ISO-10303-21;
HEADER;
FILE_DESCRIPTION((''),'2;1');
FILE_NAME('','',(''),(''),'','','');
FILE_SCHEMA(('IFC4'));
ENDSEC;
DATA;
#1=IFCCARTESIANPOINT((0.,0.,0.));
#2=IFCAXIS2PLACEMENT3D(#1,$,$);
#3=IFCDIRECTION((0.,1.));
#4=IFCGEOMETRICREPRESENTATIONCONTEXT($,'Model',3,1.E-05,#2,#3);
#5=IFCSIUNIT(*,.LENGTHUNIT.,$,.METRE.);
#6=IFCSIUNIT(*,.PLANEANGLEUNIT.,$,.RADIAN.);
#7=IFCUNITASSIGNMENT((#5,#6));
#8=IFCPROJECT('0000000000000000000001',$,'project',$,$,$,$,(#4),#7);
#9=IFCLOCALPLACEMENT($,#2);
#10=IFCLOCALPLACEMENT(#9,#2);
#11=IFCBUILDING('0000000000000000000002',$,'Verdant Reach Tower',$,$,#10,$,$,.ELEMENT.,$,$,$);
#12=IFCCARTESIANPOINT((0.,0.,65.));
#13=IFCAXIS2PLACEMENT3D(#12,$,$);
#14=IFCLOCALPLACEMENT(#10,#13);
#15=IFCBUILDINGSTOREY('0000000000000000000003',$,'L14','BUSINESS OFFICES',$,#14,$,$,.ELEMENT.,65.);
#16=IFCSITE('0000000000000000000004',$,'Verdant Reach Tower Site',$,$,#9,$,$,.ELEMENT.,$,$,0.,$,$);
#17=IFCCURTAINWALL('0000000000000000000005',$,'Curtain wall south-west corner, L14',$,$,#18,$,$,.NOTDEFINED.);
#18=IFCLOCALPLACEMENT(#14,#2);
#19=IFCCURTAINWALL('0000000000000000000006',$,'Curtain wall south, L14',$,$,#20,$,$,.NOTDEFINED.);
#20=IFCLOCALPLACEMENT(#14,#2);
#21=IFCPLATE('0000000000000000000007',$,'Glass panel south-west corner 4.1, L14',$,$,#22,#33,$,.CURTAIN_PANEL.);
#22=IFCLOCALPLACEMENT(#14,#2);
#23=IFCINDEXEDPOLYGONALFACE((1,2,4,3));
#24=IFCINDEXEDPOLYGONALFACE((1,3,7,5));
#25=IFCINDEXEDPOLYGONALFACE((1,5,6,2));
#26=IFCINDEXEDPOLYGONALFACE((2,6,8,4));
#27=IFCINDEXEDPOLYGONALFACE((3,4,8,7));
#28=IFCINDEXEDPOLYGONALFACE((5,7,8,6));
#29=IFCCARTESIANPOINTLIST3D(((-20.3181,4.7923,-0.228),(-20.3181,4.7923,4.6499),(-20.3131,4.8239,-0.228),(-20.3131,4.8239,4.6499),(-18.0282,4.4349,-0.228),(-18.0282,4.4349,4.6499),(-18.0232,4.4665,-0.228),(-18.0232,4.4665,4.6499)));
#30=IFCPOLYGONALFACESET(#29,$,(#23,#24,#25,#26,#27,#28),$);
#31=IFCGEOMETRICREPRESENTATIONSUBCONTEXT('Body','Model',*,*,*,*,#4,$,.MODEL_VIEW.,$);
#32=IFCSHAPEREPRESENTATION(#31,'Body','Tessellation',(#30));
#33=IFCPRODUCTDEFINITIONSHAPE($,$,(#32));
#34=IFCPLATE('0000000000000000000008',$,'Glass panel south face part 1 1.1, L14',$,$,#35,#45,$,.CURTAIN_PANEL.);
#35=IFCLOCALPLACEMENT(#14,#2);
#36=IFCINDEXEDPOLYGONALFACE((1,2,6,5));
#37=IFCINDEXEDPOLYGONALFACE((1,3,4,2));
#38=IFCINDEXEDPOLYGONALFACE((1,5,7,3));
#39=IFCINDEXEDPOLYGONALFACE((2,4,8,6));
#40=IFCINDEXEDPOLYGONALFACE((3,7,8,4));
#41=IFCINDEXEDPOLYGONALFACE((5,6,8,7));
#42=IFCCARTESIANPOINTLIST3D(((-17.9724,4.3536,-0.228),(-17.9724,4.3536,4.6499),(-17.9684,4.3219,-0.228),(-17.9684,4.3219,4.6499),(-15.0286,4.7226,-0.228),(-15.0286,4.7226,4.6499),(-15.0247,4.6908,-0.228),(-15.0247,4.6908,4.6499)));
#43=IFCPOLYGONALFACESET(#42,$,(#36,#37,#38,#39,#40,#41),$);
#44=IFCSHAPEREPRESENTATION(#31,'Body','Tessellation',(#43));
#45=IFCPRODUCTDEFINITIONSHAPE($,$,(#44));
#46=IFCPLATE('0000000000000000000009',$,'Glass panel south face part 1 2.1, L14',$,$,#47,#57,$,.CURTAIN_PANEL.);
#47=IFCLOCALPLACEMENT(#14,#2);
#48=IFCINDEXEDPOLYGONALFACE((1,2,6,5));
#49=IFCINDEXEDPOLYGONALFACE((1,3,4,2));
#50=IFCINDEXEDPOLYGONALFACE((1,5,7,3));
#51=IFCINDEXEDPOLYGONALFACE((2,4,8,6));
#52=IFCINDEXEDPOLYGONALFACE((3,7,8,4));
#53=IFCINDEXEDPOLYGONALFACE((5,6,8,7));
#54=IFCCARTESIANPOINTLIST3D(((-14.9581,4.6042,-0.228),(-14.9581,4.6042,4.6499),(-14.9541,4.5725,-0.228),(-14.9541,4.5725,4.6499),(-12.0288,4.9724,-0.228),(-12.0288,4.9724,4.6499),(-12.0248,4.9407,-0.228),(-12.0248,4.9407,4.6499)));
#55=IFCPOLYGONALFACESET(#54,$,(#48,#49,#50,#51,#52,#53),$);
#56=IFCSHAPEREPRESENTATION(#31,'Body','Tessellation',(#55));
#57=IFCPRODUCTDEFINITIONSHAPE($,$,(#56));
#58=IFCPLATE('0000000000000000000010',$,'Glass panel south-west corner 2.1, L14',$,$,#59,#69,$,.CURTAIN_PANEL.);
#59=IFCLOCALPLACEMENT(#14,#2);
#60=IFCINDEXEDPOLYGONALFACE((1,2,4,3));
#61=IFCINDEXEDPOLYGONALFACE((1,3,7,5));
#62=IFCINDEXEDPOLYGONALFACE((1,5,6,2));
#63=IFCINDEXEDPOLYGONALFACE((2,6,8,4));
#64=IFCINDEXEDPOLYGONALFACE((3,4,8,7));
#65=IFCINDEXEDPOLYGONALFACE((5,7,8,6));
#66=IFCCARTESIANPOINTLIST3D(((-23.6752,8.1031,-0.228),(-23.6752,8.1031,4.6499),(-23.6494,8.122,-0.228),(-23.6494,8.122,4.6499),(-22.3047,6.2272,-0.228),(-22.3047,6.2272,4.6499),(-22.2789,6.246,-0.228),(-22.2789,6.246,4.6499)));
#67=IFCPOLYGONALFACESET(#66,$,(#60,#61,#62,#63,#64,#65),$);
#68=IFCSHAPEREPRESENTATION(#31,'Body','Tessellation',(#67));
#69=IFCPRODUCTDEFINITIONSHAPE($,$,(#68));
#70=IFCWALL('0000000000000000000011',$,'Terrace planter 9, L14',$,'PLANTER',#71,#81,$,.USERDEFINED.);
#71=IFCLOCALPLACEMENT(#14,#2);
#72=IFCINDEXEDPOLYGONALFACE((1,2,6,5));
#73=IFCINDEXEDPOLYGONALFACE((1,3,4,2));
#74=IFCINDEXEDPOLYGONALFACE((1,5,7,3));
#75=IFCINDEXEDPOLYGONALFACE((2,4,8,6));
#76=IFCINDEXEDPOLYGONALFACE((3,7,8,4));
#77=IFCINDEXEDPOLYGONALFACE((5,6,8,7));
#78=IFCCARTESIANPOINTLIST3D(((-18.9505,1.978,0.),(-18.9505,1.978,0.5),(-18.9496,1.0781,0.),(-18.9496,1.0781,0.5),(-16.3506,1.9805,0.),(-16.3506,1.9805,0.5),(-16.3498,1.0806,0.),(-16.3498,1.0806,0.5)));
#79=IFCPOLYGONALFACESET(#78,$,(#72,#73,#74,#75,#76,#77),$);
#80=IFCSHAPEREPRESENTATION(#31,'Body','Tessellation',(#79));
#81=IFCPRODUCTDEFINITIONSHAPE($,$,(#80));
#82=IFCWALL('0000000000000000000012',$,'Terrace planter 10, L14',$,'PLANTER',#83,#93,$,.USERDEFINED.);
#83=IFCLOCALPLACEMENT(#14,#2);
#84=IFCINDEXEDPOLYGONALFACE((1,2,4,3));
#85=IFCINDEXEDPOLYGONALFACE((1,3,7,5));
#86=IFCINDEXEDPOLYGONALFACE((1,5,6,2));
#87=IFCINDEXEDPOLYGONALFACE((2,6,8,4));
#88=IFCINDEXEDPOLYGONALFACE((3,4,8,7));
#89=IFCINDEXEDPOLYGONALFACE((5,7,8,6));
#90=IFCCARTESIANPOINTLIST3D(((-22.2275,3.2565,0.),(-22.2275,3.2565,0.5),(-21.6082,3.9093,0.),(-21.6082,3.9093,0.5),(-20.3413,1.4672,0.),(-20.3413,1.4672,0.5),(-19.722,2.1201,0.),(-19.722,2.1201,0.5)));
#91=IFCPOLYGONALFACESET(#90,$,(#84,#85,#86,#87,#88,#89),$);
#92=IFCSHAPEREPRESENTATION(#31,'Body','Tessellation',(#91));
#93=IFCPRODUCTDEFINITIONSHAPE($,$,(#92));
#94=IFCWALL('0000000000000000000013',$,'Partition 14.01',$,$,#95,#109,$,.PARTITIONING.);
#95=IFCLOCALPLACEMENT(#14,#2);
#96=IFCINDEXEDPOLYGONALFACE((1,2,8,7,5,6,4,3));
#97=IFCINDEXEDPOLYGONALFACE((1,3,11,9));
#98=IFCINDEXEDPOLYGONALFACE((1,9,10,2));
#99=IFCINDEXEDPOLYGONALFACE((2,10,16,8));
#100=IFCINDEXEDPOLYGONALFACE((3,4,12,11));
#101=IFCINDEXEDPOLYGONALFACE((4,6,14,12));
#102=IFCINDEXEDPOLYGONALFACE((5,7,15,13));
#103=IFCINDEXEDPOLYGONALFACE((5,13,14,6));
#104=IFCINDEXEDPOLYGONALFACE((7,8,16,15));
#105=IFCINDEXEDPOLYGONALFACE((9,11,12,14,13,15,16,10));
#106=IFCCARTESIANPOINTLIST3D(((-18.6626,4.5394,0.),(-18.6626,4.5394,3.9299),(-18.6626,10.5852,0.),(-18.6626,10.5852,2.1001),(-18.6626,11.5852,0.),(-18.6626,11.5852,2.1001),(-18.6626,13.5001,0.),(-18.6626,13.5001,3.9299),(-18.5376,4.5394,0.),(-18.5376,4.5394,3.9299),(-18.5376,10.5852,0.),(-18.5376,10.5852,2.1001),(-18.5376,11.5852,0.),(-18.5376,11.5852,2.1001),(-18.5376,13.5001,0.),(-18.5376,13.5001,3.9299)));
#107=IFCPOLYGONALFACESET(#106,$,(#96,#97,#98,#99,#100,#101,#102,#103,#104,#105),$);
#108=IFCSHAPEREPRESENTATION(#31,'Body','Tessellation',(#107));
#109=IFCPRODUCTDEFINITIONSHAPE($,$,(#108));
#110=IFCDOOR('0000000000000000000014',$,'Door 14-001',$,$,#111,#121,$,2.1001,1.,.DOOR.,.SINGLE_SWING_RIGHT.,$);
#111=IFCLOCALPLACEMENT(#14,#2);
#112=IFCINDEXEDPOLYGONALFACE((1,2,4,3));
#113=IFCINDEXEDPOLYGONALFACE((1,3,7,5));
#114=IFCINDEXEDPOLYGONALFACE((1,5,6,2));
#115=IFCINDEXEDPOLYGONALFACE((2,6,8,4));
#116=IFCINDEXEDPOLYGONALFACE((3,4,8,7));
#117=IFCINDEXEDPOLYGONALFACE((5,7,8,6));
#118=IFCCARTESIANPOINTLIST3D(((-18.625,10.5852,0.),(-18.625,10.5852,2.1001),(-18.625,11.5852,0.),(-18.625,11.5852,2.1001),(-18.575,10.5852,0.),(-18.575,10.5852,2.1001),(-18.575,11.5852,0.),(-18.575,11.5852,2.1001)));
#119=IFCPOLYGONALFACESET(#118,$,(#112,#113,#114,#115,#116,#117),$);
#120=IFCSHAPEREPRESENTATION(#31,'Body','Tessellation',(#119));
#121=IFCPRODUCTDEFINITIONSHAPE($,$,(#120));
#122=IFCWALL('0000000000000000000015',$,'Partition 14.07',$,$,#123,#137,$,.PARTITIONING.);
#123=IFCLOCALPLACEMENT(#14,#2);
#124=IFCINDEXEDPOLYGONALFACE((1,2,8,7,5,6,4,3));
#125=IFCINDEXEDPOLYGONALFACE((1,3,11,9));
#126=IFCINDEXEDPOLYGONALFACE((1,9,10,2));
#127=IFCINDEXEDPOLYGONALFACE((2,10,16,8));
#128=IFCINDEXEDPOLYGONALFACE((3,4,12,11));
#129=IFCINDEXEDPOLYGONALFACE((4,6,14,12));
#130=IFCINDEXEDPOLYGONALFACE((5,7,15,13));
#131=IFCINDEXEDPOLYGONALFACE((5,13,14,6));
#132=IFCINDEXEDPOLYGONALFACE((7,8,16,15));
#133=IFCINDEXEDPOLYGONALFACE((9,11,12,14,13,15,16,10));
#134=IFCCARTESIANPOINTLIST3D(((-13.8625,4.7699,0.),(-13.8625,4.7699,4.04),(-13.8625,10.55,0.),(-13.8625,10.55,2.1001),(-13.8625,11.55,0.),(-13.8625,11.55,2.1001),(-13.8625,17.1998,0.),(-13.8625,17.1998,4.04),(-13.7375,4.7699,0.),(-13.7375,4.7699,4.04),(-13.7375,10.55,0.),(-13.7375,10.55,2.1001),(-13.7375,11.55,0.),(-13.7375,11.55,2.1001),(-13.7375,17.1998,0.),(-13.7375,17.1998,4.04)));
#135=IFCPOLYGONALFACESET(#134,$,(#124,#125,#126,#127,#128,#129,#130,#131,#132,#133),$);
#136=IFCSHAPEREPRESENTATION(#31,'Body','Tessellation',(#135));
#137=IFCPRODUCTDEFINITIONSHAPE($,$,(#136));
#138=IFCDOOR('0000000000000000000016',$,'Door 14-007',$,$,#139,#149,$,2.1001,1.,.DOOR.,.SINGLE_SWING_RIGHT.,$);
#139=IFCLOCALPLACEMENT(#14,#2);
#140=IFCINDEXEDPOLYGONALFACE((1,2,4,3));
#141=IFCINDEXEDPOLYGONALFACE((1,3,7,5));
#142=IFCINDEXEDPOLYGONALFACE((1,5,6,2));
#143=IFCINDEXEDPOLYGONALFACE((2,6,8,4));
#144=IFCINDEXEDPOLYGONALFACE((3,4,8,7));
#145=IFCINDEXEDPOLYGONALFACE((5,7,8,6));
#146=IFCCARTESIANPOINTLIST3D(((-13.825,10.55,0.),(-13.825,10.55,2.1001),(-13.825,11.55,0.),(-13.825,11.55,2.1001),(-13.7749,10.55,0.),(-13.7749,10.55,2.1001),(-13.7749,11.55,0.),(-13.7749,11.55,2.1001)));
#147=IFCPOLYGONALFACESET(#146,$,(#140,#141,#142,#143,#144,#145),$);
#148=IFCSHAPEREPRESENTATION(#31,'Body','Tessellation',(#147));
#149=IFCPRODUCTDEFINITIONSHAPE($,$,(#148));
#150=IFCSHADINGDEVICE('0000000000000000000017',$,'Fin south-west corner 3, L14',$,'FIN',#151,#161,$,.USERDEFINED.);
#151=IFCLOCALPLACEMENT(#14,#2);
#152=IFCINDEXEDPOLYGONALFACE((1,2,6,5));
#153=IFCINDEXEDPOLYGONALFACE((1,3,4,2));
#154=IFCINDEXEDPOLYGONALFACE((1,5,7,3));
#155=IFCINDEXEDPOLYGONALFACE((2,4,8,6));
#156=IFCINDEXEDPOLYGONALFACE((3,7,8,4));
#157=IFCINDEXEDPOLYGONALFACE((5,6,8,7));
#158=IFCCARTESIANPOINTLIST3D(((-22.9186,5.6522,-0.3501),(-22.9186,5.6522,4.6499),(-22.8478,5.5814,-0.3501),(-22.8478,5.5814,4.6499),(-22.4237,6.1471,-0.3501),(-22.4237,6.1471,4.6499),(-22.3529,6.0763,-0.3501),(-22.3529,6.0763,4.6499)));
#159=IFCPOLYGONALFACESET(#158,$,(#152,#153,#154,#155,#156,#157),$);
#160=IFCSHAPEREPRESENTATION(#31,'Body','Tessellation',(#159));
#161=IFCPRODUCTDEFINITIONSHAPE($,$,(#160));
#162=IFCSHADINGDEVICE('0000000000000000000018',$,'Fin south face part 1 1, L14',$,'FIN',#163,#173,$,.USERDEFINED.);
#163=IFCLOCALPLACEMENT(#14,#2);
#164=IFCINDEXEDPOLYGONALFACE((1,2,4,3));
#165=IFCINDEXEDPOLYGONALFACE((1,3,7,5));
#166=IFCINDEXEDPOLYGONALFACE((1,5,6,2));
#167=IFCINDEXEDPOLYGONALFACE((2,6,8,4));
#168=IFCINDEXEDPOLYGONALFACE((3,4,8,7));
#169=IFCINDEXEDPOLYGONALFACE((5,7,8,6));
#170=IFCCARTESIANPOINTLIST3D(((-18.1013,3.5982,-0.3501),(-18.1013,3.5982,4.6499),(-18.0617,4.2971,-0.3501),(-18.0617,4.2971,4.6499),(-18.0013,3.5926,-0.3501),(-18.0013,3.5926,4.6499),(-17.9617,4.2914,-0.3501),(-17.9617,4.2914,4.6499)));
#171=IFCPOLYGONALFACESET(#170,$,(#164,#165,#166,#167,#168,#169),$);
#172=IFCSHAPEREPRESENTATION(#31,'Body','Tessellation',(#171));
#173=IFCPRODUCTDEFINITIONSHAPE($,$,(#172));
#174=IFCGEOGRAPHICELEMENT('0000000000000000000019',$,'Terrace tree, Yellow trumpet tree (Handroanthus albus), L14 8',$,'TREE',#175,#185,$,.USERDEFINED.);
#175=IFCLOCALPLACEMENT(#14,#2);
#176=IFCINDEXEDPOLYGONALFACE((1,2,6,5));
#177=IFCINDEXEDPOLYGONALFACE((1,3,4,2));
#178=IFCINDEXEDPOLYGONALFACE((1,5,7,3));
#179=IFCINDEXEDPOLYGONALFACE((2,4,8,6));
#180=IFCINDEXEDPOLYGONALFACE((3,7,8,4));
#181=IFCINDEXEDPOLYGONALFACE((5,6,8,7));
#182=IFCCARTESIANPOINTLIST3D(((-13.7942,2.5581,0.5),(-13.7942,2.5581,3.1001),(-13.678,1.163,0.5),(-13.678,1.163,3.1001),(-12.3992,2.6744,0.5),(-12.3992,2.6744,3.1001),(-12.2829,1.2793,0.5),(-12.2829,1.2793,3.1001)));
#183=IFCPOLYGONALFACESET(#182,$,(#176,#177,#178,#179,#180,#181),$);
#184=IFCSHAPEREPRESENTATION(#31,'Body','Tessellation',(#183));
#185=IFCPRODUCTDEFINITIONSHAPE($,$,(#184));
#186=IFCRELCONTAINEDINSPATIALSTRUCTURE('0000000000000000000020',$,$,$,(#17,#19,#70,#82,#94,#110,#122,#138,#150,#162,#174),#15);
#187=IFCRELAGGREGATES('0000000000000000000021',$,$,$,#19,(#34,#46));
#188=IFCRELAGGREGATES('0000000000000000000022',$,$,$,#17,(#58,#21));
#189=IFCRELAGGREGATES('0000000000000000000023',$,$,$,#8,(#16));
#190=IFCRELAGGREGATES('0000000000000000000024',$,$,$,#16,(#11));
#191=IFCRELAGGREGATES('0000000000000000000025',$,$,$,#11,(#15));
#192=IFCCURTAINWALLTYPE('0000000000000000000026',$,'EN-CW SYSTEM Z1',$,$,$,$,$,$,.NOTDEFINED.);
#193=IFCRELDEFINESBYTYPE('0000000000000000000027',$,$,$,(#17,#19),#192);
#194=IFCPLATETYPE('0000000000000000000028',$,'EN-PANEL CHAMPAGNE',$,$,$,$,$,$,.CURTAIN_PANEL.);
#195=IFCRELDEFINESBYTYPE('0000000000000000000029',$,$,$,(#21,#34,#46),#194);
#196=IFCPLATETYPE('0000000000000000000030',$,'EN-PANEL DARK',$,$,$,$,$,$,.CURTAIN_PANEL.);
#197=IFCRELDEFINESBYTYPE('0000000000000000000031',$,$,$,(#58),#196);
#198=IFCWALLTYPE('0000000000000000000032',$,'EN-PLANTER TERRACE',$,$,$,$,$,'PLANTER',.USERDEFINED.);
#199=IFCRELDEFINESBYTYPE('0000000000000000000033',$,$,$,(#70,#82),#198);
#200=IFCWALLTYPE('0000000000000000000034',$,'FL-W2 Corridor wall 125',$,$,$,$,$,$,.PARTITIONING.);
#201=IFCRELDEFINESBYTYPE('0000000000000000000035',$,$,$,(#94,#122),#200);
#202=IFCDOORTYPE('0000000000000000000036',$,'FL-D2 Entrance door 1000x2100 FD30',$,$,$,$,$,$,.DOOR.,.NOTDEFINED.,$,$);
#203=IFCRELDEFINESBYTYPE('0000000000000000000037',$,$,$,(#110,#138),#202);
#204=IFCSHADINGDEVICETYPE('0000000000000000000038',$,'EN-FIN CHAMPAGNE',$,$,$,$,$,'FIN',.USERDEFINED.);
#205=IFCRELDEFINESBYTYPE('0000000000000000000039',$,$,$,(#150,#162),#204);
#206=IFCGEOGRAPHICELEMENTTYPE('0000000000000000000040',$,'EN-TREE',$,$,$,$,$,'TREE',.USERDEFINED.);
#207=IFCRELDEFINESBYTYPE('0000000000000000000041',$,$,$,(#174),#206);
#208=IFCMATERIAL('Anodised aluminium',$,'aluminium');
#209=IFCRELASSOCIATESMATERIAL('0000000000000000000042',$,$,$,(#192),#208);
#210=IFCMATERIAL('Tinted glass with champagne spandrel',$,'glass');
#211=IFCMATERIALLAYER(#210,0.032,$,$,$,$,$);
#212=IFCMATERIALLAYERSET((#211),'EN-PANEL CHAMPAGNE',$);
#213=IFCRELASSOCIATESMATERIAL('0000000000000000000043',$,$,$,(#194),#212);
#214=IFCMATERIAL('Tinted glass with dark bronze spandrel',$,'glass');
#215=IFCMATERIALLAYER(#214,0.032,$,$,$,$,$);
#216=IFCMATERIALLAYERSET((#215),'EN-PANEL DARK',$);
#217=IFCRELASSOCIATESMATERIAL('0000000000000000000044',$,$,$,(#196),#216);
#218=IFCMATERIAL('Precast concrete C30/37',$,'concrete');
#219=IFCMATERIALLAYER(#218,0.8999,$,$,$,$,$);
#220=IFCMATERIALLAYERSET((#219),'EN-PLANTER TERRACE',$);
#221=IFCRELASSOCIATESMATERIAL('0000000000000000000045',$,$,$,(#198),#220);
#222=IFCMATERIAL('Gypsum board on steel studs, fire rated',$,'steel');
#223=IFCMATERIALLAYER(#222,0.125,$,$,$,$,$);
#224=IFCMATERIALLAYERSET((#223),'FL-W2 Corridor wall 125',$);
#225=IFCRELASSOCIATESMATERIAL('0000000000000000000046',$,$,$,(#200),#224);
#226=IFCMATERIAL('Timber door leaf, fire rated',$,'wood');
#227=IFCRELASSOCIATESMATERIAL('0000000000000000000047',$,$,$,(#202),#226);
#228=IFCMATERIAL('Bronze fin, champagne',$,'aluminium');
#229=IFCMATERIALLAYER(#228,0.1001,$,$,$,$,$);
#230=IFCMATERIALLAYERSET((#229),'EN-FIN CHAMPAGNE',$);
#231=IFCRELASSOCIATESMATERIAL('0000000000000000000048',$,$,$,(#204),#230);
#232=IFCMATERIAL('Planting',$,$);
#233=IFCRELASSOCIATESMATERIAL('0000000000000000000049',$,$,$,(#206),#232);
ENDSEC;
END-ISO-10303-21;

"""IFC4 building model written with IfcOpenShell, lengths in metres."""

from ifc_helpers import new_model, si_unit, direction, frame, frame_2d, origin, origin_2d, place, context, subcontext, project, spatial, rectangle, extrude, material, layer, layer_set, type_object, element, fill, aggregate, save


model = new_model("IFC4")

# Units and contexts
model_context = context("Model", 3, precision=1e-05, world=origin(), true_north=direction((0.0, 1.0)))
body_context = subcontext(model_context, "Body", "Model", "MODEL_VIEW")
ifc_project = project(units=[si_unit("LENGTHUNIT", "METRE"), si_unit("PLANEANGLEUNIT", "RADIAN")], contexts=[model_context])

# Site, building, storey
site_placement = place(None, origin())
site = spatial("IfcSite", under=ifc_project, at=site_placement, Name="Verdant Reach Tower Site", CompositionType="ELEMENT", RefElevation=0.0)
building_placement = place(site_placement, origin())
building = spatial("IfcBuilding", under=site, at=building_placement, Name="Verdant Reach Tower", CompositionType="ELEMENT")
storey_placement = place(building_placement, frame((0.0, 0.0, 65.0)))
storey = spatial("IfcBuildingStorey", under=building, at=storey_placement, Name="L14", Description="BUSINESS OFFICES", CompositionType="ELEMENT", Elevation=65.0)

# Curtain walls
ifc_material_1 = material(Name="Anodised aluminium", Category="aluminium")
curtain_wall_type = type_object("IfcCurtainWallType", Name="EN-CW SYSTEM Z1", PredefinedType="NOTDEFINED", material=ifc_material_1)
curtain_wall_1_placement = place(storey_placement, origin())
curtain_wall_1 = element("IfcCurtainWall", 1, at=curtain_wall_1_placement, inside=storey, type_object=curtain_wall_type, Name="Curtain wall south-west corner, L14", PredefinedType="NOTDEFINED")
curtain_wall_2_placement = place(storey_placement, origin())
curtain_wall_2 = element("IfcCurtainWall", 2, at=curtain_wall_2_placement, inside=storey, type_object=curtain_wall_type, Name="Curtain wall south, L14", PredefinedType="NOTDEFINED")

# Plates
ifc_material_2 = material(Name="Tinted glass with champagne spandrel", Category="glass")
ifc_layer_1 = layer(ifc_material_2, 0.032)
ifc_layer_set_1 = layer_set([ifc_layer_1], Name="EN-PANEL CHAMPAGNE")
plate_type_1 = type_object("IfcPlateType", Name="EN-PANEL CHAMPAGNE", PredefinedType="CURTAIN_PANEL", material=ifc_layer_set_1)
plate_1_placement = place(storey_placement, frame((-19.1707, 4.6294, -0.228), z_axis=(0.0, 0.0, 1.0), x_axis=(0.988033, -0.154245, 0.0)))
plate_1 = element("IfcPlate", 3, at=plate_1_placement, type_object=plate_type_1, Name="Glass panel south-west corner 4.1, L14", PredefinedType="CURTAIN_PANEL", context=body_context, shape_type="SweptSolid", body=[
    extrude(rectangle(XDim=2.3176, YDim=0.032, at=origin_2d()), origin(), (0.0, 0.0, 1.0), 4.8779),
])
plate_2_placement = place(storey_placement, frame((-16.4985, 4.5222, -0.228), z_axis=(0.0, 0.0, 1.0), x_axis=(0.992235, 0.124374, 0.0)))
plate_2 = element("IfcPlate", 4, at=plate_2_placement, type_object=plate_type_1, Name="Glass panel south face part 1 1.1, L14", PredefinedType="CURTAIN_PANEL", context=body_context, shape_type="SweptSolid", body=[
    extrude(rectangle(XDim=2.9668, YDim=0.032, at=origin_2d()), origin(), (0.0, 0.0, 1.0), 4.8779),
])
plate_3_placement = place(storey_placement, frame((-13.4915, 4.7725, -0.228), z_axis=(0.0, 0.0, 1.0), x_axis=(0.992194, 0.124704, 0.0)))
plate_3 = element("IfcPlate", 5, at=plate_3_placement, type_object=plate_type_1, Name="Glass panel south face part 1 2.1, L14", PredefinedType="CURTAIN_PANEL", context=body_context, shape_type="SweptSolid", body=[
    extrude(rectangle(XDim=2.9524, YDim=0.032, at=origin_2d()), origin(), (0.0, 0.0, 1.0), 4.8779),
])
aggregate(curtain_wall_2, [plate_2, plate_3])
ifc_material_3 = material(Name="Tinted glass with dark bronze spandrel", Category="glass")
ifc_layer_2 = layer(ifc_material_3, 0.032)
ifc_layer_set_2 = layer_set([ifc_layer_2], Name="EN-PANEL DARK")
plate_type_2 = type_object("IfcPlateType", Name="EN-PANEL DARK", PredefinedType="CURTAIN_PANEL", material=ifc_layer_set_2)
plate_4_placement = place(storey_placement, frame((-22.9771, 7.1746, -0.228), z_axis=(0.0, 0.0, 1.0), x_axis=(0.589927, -0.807457, 0.0)))
plate_4 = element("IfcPlate", 6, at=plate_4_placement, type_object=plate_type_2, Name="Glass panel south-west corner 2.1, L14", PredefinedType="CURTAIN_PANEL", context=body_context, shape_type="SweptSolid", body=[
    extrude(rectangle(XDim=2.3232, YDim=0.032, at=origin_2d()), origin(), (0.0, 0.0, 1.0), 4.8779),
])
aggregate(curtain_wall_1, [plate_4, plate_1])

# Walls
ifc_material_4 = material(Name="Precast concrete C30/37", Category="concrete")
ifc_layer_3 = layer(ifc_material_4, 0.8999)
ifc_layer_set_3 = layer_set([ifc_layer_3], Name="EN-PLANTER TERRACE")
wall_type_1 = type_object("IfcWallType", Name="EN-PLANTER TERRACE", ElementType="PLANTER", PredefinedType="USERDEFINED", material=ifc_layer_set_3)
for number, where, z_axis, x_axis, name in (
    (7, (-16.3503, 1.5305, 0.0), (0.0, 0.0, 1.0), (-1.0, -0.000939, 0.0), "Terrace planter 9, L14"),
    (8, (-20.0317, 1.7937, 0.0), (0.0, 0.0, 1.0), (-0.725501, 0.688221, 0.0), "Terrace planter 10, L14"),
):
    element("IfcWall", number, at=place(storey_placement, frame(where, z_axis=z_axis, x_axis=x_axis)), inside=storey, type_object=wall_type_1, Name=name, ObjectType="PLANTER", PredefinedType="USERDEFINED", context=body_context, shape_type="SweptSolid", body=[
        extrude(rectangle(XDim=2.5999, YDim=0.8999, at=frame_2d((1.2998, 0.0))), origin(), (0.0, 0.0, 1.0), 0.5),
    ])

# Walls, openings, doors
ifc_material_5 = material(Name="Gypsum board on steel studs, fire rated", Category="steel")
ifc_layer_4 = layer(ifc_material_5, 0.125)
ifc_layer_set_4 = layer_set([ifc_layer_4], Name="FL-W2 Corridor wall 125")
wall_type_2 = type_object("IfcWallType", Name="FL-W2 Corridor wall 125", PredefinedType="PARTITIONING", material=ifc_layer_set_4)
wall_1_placement = place(storey_placement, frame((-18.6001, 4.5393, 0.0), z_axis=(0.0, 0.0, 1.0), x_axis=(0.0, 1.0, 0.0)))
wall_1 = element("IfcWall", 9, at=wall_1_placement, inside=storey, type_object=wall_type_2, Name="Partition 14.01", PredefinedType="PARTITIONING", context=body_context, shape_type="SweptSolid", body=[
    extrude(rectangle(XDim=8.9607, YDim=0.125, at=frame_2d((4.4805, 0.0))), origin(), (0.0, 0.0, 1.0), 3.9299),
])
opening_1_placement = place(wall_1_placement, frame((6.0459, 0.0, 0.0)))
opening_1 = element("IfcOpeningElement", 10, at=opening_1_placement, cuts=wall_1, PredefinedType="OPENING", context=body_context, shape_type="SweptSolid", body=[
    extrude(rectangle(XDim=1.0, YDim=2.1001, at=frame_2d((0.5, 1.05))), frame((0.0, 0.0725, 0.0), z_axis=(0.0, -1.0, 0.0), x_axis=(1.0, 0.0, 0.0)), (0.0, 0.0, 1.0), 0.145),
])
ifc_material_6 = material(Name="Timber door leaf, fire rated", Category="wood")
door_type = type_object("IfcDoorType", Name="FL-D2 Entrance door 1000x2100 FD30", OperationType="NOTDEFINED", PredefinedType="DOOR", material=ifc_material_6)
door_1_placement = place(opening_1_placement, origin())
door_1 = element("IfcDoor", 11, at=door_1_placement, inside=storey, type_object=door_type, Name="Door 14-001", OperationType="SINGLE_SWING_RIGHT", OverallHeight=2.1001, OverallWidth=1.0, PredefinedType="DOOR", context=body_context, shape_type="SweptSolid", body=[
    extrude(rectangle(XDim=1.0, YDim=2.1001, at=frame_2d((0.5, 1.05))), frame((0.0, 0.0249, 0.0), z_axis=(0.0, -1.0, 0.0), x_axis=(1.0, 0.0, 0.0)), (0.0, 0.0, 1.0), 0.05),
])
fill(opening_1, door_1)
wall_2_placement = place(storey_placement, frame((-13.8, 4.77, 0.0), z_axis=(0.0, 0.0, 1.0), x_axis=(0.0, 1.0, 0.0)))
wall_2 = element("IfcWall", 12, at=wall_2_placement, inside=storey, type_object=wall_type_2, Name="Partition 14.07", PredefinedType="PARTITIONING", context=body_context, shape_type="SweptSolid", body=[
    extrude(rectangle(XDim=12.4299, YDim=0.125, at=frame_2d((6.2148, 0.0))), origin(), (0.0, 0.0, 1.0), 4.04),
])
opening_2_placement = place(wall_2_placement, frame((5.78, 0.0, 0.0)))
opening_2 = element("IfcOpeningElement", 13, at=opening_2_placement, cuts=wall_2, PredefinedType="OPENING", context=body_context, shape_type="SweptSolid", body=[
    extrude(rectangle(XDim=1.0, YDim=2.1001, at=frame_2d((0.5, 1.05))), frame((0.0, 0.0725, 0.0), z_axis=(0.0, -1.0, 0.0), x_axis=(1.0, 0.0, 0.0)), (0.0, 0.0, 1.0), 0.145),
])
door_2_placement = place(opening_2_placement, origin())
door_2 = element("IfcDoor", 14, at=door_2_placement, inside=storey, type_object=door_type, Name="Door 14-007", OperationType="SINGLE_SWING_RIGHT", OverallHeight=2.1001, OverallWidth=1.0, PredefinedType="DOOR", context=body_context, shape_type="SweptSolid", body=[
    extrude(rectangle(XDim=1.0, YDim=2.1001, at=frame_2d((0.5, 1.05))), frame((0.0, 0.0249, 0.0), z_axis=(0.0, -1.0, 0.0), x_axis=(1.0, 0.0, 0.0)), (0.0, 0.0, 1.0), 0.05),
])
fill(opening_2, door_2)

# Shading devices
ifc_material_7 = material(Name="Bronze fin, champagne", Category="aluminium")
ifc_layer_5 = layer(ifc_material_7, 0.1001)
ifc_layer_set_5 = layer_set([ifc_layer_5], Name="EN-FIN CHAMPAGNE")
shading_device_type = type_object("IfcShadingDeviceType", Name="EN-FIN CHAMPAGNE", ElementType="FIN", PredefinedType="USERDEFINED", material=ifc_layer_set_5)
for number, where, z_axis, x_axis, name in (
    (15, (-22.6357, 5.8643, -0.3501), (0.0, 0.0, 1.0), (0.707107, -0.707107, 0.0), "Fin south-west corner 3, L14"),
    (16, (-18.0315, 3.9448, -0.3501), (0.0, 0.0, 1.0), (0.998399, -0.056569, 0.0), "Fin south face part 1 1, L14"),
):
    element("IfcShadingDevice", number, at=place(storey_placement, frame(where, z_axis=z_axis, x_axis=x_axis)), inside=storey, type_object=shading_device_type, Name=name, ObjectType="FIN", PredefinedType="USERDEFINED", context=body_context, shape_type="SweptSolid", body=[
        extrude(rectangle(XDim=0.1001, YDim=0.7, at=origin_2d()), origin(), (0.0, 0.0, 1.0), 5.0),
    ])

# Geographic element
ifc_material_8 = material(Name="Planting")
geographic_element_type = type_object("IfcGeographicElementType", Name="EN-TREE", ElementType="TREE", PredefinedType="USERDEFINED", material=ifc_material_8)
for number, where, z_axis, x_axis, name in (
    (17, (-13.0386, 1.9187, 0.5), (0.0, 0.0, 1.0), (-0.996546, -0.083045, 0.0), "Terrace tree, Yellow trumpet tree (Handroanthus albus), L14 8"),
):
    element("IfcGeographicElement", number, at=place(storey_placement, frame(where, z_axis=z_axis, x_axis=x_axis)), inside=storey, type_object=geographic_element_type, Name=name, ObjectType="TREE", PredefinedType="USERDEFINED", context=body_context, shape_type="SweptSolid", body=[
        extrude(rectangle(XDim=1.3999, YDim=1.3999, at=origin_2d()), origin(), (0.0, 0.0, 1.0), 2.6001),
    ])

save(model, "model.ifc")
